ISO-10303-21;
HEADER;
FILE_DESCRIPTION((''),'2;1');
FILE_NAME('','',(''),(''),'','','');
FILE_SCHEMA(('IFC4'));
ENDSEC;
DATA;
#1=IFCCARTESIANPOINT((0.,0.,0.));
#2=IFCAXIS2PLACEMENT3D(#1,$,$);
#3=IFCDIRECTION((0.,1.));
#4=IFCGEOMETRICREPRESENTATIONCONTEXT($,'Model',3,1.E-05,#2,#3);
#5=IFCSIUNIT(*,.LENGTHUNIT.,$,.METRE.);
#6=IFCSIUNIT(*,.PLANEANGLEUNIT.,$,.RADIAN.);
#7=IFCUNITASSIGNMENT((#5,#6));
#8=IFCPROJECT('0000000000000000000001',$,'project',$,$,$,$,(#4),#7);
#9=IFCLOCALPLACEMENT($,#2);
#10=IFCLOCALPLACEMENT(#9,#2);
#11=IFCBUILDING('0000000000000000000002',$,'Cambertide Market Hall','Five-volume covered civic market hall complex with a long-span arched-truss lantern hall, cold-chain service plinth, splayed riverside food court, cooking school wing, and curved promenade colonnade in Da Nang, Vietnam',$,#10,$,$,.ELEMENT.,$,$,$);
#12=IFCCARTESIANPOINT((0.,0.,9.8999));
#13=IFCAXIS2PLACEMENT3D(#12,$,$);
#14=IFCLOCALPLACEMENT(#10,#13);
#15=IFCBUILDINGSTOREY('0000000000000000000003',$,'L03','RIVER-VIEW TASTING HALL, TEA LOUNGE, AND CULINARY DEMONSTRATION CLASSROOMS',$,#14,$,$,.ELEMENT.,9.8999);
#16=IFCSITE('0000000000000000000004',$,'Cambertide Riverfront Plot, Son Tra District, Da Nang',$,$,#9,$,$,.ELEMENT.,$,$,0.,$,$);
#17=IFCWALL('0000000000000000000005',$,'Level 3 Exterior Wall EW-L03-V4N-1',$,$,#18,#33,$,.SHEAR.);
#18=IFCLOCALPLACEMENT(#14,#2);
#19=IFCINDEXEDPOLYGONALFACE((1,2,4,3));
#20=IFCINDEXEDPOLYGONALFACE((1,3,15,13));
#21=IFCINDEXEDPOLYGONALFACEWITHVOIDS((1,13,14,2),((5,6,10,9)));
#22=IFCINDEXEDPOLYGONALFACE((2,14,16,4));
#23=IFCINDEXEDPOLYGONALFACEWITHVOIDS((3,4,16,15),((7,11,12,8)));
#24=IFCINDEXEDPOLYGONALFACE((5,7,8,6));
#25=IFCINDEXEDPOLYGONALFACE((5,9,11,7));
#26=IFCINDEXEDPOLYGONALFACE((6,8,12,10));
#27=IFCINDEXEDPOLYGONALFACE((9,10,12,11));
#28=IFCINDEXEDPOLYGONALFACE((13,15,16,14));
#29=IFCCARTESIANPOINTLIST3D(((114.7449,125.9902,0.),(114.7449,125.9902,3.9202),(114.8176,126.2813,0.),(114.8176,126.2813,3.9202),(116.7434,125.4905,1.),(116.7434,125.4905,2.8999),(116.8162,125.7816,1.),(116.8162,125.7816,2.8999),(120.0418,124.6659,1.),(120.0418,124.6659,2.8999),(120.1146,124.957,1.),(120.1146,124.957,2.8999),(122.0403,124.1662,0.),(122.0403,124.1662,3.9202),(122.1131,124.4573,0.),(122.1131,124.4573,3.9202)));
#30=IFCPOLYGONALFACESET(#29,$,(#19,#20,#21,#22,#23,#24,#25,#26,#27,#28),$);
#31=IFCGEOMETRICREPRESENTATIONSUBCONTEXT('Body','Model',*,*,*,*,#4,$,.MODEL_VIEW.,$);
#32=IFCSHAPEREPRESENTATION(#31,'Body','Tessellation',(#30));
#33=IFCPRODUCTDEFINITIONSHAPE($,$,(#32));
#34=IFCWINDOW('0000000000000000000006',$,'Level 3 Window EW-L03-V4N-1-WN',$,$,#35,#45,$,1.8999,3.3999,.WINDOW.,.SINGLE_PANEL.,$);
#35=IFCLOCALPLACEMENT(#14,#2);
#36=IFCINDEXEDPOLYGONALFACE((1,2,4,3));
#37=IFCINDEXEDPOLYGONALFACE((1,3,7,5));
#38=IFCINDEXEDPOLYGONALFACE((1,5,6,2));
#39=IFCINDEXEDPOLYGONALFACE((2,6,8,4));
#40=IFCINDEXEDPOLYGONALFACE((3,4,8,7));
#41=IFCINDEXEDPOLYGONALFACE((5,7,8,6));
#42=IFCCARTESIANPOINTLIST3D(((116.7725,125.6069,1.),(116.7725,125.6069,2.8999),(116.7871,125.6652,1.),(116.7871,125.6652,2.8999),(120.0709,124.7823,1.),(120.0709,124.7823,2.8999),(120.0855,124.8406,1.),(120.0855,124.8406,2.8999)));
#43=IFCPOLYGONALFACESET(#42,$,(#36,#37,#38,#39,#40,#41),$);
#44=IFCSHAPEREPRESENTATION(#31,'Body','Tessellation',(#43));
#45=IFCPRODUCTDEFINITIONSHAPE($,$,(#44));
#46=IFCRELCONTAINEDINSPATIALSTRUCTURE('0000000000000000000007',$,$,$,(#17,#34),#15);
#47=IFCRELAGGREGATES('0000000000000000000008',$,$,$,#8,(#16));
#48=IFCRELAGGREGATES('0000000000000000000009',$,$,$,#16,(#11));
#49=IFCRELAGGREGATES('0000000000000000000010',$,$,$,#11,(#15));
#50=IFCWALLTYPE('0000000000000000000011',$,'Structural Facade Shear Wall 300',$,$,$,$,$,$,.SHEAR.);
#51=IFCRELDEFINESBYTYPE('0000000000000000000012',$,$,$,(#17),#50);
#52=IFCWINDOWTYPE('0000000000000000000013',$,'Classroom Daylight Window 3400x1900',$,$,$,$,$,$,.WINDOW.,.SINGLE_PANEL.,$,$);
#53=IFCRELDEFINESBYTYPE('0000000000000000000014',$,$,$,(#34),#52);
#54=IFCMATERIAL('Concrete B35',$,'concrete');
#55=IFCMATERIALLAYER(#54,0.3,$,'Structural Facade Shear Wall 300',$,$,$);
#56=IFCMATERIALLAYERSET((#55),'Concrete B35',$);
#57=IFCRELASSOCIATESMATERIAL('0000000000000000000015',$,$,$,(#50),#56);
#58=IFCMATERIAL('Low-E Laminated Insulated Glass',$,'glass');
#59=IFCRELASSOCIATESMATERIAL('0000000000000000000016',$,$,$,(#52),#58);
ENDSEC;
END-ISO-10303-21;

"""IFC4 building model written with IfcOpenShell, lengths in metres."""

from ifc_helpers import new_model, si_unit, direction, frame, frame_2d, origin, place, context, subcontext, project, spatial, rectangle, extrude, material, layer, layer_set, type_object, element, fill, save


model = new_model("IFC4")

# Units and contexts
model_context = context("Model", 3, precision=1e-05, world=origin(), true_north=direction((0.0, 1.0)))
body_context = subcontext(model_context, "Body", "Model", "MODEL_VIEW")
ifc_project = project(units=[si_unit("LENGTHUNIT", "METRE"), si_unit("PLANEANGLEUNIT", "RADIAN")], contexts=[model_context])

# Site, building, storey
site_placement = place(None, origin())
site = spatial("IfcSite", under=ifc_project, at=site_placement, Name="Cambertide Riverfront Plot, Son Tra District, Da Nang", CompositionType="ELEMENT", RefElevation=0.0)
building_placement = place(site_placement, origin())
building = spatial("IfcBuilding", under=site, at=building_placement, Name="Cambertide Market Hall", Description="Five-volume covered civic market hall complex with a long-span arched-truss lantern hall, cold-chain service plinth, splayed riverside food court, cooking school wing, and curved promenade colonnade in Da Nang, Vietnam", CompositionType="ELEMENT")
storey_placement = place(building_placement, frame((0.0, 0.0, 9.8999)))
storey = spatial("IfcBuildingStorey", under=building, at=storey_placement, Name="L03", Description="RIVER-VIEW TASTING HALL, TEA LOUNGE, AND CULINARY DEMONSTRATION CLASSROOMS", CompositionType="ELEMENT", Elevation=9.8999)

# Wall, opening, window
ifc_material_1 = material(Name="Concrete B35", Category="concrete")
ifc_layer_1 = layer(ifc_material_1, 0.3, Name="Structural Facade Shear Wall 300")
ifc_layer_set_1 = layer_set([ifc_layer_1], Name="Concrete B35")
wall_type_1 = type_object("IfcWallType", Name="Structural Facade Shear Wall 300", PredefinedType="SHEAR", material=ifc_layer_set_1)
wall_1_placement = place(storey_placement, frame((114.7812, 126.1357, 0.0), z_axis=(0.0, 0.0, 1.0), x_axis=(0.970139, -0.242551, 0.0)))
wall_1 = element("IfcWall", 1, at=wall_1_placement, inside=storey, type_object=wall_type_1, Name="Level 3 Exterior Wall EW-L03-V4N-1", PredefinedType="SHEAR", context=body_context, shape_type="SweptSolid", body=[
    extrude(rectangle(XDim=7.52, YDim=0.3, at=frame_2d((3.76, 0.0))), origin(), (0.0, 0.0, 1.0), 3.9202),
])
opening_1_placement = place(wall_1_placement, frame((2.0601, 0.0, 1.0)))
opening_1 = element("IfcOpeningElement", 2, at=opening_1_placement, cuts=wall_1, PredefinedType="OPENING", context=body_context, shape_type="SweptSolid", body=[
    extrude(rectangle(XDim=3.3999, YDim=1.8999, at=frame_2d((1.7, 0.95))), frame((0.0, 0.1599, 0.0), z_axis=(0.0, -1.0, 0.0), x_axis=(1.0, 0.0, 0.0)), (0.0, 0.0, 1.0), 0.3201),
])
ifc_material_2 = material(Name="Low-E Laminated Insulated Glass", Category="glass")
window_type_1 = type_object("IfcWindowType", Name="Classroom Daylight Window 3400x1900", PartitioningType="SINGLE_PANEL", PredefinedType="WINDOW", material=ifc_material_2)
window_1_placement = place(opening_1_placement, origin())
window_1 = element("IfcWindow", 3, at=window_1_placement, inside=storey, type_object=window_type_1, Name="Level 3 Window EW-L03-V4N-1-WN", OverallHeight=1.8999, OverallWidth=3.3999, PartitioningType="SINGLE_PANEL", PredefinedType="WINDOW", context=body_context, shape_type="SweptSolid", body=[
    extrude(rectangle(XDim=3.3999, YDim=1.8999, at=frame_2d((1.7, 0.95))), frame((0.0, 0.03, 0.0), z_axis=(0.0, -1.0, 0.0), x_axis=(1.0, 0.0, 0.0)), (0.0, 0.0, 1.0), 0.0601),
])
fill(opening_1, window_1)

save(model, "model.ifc")
